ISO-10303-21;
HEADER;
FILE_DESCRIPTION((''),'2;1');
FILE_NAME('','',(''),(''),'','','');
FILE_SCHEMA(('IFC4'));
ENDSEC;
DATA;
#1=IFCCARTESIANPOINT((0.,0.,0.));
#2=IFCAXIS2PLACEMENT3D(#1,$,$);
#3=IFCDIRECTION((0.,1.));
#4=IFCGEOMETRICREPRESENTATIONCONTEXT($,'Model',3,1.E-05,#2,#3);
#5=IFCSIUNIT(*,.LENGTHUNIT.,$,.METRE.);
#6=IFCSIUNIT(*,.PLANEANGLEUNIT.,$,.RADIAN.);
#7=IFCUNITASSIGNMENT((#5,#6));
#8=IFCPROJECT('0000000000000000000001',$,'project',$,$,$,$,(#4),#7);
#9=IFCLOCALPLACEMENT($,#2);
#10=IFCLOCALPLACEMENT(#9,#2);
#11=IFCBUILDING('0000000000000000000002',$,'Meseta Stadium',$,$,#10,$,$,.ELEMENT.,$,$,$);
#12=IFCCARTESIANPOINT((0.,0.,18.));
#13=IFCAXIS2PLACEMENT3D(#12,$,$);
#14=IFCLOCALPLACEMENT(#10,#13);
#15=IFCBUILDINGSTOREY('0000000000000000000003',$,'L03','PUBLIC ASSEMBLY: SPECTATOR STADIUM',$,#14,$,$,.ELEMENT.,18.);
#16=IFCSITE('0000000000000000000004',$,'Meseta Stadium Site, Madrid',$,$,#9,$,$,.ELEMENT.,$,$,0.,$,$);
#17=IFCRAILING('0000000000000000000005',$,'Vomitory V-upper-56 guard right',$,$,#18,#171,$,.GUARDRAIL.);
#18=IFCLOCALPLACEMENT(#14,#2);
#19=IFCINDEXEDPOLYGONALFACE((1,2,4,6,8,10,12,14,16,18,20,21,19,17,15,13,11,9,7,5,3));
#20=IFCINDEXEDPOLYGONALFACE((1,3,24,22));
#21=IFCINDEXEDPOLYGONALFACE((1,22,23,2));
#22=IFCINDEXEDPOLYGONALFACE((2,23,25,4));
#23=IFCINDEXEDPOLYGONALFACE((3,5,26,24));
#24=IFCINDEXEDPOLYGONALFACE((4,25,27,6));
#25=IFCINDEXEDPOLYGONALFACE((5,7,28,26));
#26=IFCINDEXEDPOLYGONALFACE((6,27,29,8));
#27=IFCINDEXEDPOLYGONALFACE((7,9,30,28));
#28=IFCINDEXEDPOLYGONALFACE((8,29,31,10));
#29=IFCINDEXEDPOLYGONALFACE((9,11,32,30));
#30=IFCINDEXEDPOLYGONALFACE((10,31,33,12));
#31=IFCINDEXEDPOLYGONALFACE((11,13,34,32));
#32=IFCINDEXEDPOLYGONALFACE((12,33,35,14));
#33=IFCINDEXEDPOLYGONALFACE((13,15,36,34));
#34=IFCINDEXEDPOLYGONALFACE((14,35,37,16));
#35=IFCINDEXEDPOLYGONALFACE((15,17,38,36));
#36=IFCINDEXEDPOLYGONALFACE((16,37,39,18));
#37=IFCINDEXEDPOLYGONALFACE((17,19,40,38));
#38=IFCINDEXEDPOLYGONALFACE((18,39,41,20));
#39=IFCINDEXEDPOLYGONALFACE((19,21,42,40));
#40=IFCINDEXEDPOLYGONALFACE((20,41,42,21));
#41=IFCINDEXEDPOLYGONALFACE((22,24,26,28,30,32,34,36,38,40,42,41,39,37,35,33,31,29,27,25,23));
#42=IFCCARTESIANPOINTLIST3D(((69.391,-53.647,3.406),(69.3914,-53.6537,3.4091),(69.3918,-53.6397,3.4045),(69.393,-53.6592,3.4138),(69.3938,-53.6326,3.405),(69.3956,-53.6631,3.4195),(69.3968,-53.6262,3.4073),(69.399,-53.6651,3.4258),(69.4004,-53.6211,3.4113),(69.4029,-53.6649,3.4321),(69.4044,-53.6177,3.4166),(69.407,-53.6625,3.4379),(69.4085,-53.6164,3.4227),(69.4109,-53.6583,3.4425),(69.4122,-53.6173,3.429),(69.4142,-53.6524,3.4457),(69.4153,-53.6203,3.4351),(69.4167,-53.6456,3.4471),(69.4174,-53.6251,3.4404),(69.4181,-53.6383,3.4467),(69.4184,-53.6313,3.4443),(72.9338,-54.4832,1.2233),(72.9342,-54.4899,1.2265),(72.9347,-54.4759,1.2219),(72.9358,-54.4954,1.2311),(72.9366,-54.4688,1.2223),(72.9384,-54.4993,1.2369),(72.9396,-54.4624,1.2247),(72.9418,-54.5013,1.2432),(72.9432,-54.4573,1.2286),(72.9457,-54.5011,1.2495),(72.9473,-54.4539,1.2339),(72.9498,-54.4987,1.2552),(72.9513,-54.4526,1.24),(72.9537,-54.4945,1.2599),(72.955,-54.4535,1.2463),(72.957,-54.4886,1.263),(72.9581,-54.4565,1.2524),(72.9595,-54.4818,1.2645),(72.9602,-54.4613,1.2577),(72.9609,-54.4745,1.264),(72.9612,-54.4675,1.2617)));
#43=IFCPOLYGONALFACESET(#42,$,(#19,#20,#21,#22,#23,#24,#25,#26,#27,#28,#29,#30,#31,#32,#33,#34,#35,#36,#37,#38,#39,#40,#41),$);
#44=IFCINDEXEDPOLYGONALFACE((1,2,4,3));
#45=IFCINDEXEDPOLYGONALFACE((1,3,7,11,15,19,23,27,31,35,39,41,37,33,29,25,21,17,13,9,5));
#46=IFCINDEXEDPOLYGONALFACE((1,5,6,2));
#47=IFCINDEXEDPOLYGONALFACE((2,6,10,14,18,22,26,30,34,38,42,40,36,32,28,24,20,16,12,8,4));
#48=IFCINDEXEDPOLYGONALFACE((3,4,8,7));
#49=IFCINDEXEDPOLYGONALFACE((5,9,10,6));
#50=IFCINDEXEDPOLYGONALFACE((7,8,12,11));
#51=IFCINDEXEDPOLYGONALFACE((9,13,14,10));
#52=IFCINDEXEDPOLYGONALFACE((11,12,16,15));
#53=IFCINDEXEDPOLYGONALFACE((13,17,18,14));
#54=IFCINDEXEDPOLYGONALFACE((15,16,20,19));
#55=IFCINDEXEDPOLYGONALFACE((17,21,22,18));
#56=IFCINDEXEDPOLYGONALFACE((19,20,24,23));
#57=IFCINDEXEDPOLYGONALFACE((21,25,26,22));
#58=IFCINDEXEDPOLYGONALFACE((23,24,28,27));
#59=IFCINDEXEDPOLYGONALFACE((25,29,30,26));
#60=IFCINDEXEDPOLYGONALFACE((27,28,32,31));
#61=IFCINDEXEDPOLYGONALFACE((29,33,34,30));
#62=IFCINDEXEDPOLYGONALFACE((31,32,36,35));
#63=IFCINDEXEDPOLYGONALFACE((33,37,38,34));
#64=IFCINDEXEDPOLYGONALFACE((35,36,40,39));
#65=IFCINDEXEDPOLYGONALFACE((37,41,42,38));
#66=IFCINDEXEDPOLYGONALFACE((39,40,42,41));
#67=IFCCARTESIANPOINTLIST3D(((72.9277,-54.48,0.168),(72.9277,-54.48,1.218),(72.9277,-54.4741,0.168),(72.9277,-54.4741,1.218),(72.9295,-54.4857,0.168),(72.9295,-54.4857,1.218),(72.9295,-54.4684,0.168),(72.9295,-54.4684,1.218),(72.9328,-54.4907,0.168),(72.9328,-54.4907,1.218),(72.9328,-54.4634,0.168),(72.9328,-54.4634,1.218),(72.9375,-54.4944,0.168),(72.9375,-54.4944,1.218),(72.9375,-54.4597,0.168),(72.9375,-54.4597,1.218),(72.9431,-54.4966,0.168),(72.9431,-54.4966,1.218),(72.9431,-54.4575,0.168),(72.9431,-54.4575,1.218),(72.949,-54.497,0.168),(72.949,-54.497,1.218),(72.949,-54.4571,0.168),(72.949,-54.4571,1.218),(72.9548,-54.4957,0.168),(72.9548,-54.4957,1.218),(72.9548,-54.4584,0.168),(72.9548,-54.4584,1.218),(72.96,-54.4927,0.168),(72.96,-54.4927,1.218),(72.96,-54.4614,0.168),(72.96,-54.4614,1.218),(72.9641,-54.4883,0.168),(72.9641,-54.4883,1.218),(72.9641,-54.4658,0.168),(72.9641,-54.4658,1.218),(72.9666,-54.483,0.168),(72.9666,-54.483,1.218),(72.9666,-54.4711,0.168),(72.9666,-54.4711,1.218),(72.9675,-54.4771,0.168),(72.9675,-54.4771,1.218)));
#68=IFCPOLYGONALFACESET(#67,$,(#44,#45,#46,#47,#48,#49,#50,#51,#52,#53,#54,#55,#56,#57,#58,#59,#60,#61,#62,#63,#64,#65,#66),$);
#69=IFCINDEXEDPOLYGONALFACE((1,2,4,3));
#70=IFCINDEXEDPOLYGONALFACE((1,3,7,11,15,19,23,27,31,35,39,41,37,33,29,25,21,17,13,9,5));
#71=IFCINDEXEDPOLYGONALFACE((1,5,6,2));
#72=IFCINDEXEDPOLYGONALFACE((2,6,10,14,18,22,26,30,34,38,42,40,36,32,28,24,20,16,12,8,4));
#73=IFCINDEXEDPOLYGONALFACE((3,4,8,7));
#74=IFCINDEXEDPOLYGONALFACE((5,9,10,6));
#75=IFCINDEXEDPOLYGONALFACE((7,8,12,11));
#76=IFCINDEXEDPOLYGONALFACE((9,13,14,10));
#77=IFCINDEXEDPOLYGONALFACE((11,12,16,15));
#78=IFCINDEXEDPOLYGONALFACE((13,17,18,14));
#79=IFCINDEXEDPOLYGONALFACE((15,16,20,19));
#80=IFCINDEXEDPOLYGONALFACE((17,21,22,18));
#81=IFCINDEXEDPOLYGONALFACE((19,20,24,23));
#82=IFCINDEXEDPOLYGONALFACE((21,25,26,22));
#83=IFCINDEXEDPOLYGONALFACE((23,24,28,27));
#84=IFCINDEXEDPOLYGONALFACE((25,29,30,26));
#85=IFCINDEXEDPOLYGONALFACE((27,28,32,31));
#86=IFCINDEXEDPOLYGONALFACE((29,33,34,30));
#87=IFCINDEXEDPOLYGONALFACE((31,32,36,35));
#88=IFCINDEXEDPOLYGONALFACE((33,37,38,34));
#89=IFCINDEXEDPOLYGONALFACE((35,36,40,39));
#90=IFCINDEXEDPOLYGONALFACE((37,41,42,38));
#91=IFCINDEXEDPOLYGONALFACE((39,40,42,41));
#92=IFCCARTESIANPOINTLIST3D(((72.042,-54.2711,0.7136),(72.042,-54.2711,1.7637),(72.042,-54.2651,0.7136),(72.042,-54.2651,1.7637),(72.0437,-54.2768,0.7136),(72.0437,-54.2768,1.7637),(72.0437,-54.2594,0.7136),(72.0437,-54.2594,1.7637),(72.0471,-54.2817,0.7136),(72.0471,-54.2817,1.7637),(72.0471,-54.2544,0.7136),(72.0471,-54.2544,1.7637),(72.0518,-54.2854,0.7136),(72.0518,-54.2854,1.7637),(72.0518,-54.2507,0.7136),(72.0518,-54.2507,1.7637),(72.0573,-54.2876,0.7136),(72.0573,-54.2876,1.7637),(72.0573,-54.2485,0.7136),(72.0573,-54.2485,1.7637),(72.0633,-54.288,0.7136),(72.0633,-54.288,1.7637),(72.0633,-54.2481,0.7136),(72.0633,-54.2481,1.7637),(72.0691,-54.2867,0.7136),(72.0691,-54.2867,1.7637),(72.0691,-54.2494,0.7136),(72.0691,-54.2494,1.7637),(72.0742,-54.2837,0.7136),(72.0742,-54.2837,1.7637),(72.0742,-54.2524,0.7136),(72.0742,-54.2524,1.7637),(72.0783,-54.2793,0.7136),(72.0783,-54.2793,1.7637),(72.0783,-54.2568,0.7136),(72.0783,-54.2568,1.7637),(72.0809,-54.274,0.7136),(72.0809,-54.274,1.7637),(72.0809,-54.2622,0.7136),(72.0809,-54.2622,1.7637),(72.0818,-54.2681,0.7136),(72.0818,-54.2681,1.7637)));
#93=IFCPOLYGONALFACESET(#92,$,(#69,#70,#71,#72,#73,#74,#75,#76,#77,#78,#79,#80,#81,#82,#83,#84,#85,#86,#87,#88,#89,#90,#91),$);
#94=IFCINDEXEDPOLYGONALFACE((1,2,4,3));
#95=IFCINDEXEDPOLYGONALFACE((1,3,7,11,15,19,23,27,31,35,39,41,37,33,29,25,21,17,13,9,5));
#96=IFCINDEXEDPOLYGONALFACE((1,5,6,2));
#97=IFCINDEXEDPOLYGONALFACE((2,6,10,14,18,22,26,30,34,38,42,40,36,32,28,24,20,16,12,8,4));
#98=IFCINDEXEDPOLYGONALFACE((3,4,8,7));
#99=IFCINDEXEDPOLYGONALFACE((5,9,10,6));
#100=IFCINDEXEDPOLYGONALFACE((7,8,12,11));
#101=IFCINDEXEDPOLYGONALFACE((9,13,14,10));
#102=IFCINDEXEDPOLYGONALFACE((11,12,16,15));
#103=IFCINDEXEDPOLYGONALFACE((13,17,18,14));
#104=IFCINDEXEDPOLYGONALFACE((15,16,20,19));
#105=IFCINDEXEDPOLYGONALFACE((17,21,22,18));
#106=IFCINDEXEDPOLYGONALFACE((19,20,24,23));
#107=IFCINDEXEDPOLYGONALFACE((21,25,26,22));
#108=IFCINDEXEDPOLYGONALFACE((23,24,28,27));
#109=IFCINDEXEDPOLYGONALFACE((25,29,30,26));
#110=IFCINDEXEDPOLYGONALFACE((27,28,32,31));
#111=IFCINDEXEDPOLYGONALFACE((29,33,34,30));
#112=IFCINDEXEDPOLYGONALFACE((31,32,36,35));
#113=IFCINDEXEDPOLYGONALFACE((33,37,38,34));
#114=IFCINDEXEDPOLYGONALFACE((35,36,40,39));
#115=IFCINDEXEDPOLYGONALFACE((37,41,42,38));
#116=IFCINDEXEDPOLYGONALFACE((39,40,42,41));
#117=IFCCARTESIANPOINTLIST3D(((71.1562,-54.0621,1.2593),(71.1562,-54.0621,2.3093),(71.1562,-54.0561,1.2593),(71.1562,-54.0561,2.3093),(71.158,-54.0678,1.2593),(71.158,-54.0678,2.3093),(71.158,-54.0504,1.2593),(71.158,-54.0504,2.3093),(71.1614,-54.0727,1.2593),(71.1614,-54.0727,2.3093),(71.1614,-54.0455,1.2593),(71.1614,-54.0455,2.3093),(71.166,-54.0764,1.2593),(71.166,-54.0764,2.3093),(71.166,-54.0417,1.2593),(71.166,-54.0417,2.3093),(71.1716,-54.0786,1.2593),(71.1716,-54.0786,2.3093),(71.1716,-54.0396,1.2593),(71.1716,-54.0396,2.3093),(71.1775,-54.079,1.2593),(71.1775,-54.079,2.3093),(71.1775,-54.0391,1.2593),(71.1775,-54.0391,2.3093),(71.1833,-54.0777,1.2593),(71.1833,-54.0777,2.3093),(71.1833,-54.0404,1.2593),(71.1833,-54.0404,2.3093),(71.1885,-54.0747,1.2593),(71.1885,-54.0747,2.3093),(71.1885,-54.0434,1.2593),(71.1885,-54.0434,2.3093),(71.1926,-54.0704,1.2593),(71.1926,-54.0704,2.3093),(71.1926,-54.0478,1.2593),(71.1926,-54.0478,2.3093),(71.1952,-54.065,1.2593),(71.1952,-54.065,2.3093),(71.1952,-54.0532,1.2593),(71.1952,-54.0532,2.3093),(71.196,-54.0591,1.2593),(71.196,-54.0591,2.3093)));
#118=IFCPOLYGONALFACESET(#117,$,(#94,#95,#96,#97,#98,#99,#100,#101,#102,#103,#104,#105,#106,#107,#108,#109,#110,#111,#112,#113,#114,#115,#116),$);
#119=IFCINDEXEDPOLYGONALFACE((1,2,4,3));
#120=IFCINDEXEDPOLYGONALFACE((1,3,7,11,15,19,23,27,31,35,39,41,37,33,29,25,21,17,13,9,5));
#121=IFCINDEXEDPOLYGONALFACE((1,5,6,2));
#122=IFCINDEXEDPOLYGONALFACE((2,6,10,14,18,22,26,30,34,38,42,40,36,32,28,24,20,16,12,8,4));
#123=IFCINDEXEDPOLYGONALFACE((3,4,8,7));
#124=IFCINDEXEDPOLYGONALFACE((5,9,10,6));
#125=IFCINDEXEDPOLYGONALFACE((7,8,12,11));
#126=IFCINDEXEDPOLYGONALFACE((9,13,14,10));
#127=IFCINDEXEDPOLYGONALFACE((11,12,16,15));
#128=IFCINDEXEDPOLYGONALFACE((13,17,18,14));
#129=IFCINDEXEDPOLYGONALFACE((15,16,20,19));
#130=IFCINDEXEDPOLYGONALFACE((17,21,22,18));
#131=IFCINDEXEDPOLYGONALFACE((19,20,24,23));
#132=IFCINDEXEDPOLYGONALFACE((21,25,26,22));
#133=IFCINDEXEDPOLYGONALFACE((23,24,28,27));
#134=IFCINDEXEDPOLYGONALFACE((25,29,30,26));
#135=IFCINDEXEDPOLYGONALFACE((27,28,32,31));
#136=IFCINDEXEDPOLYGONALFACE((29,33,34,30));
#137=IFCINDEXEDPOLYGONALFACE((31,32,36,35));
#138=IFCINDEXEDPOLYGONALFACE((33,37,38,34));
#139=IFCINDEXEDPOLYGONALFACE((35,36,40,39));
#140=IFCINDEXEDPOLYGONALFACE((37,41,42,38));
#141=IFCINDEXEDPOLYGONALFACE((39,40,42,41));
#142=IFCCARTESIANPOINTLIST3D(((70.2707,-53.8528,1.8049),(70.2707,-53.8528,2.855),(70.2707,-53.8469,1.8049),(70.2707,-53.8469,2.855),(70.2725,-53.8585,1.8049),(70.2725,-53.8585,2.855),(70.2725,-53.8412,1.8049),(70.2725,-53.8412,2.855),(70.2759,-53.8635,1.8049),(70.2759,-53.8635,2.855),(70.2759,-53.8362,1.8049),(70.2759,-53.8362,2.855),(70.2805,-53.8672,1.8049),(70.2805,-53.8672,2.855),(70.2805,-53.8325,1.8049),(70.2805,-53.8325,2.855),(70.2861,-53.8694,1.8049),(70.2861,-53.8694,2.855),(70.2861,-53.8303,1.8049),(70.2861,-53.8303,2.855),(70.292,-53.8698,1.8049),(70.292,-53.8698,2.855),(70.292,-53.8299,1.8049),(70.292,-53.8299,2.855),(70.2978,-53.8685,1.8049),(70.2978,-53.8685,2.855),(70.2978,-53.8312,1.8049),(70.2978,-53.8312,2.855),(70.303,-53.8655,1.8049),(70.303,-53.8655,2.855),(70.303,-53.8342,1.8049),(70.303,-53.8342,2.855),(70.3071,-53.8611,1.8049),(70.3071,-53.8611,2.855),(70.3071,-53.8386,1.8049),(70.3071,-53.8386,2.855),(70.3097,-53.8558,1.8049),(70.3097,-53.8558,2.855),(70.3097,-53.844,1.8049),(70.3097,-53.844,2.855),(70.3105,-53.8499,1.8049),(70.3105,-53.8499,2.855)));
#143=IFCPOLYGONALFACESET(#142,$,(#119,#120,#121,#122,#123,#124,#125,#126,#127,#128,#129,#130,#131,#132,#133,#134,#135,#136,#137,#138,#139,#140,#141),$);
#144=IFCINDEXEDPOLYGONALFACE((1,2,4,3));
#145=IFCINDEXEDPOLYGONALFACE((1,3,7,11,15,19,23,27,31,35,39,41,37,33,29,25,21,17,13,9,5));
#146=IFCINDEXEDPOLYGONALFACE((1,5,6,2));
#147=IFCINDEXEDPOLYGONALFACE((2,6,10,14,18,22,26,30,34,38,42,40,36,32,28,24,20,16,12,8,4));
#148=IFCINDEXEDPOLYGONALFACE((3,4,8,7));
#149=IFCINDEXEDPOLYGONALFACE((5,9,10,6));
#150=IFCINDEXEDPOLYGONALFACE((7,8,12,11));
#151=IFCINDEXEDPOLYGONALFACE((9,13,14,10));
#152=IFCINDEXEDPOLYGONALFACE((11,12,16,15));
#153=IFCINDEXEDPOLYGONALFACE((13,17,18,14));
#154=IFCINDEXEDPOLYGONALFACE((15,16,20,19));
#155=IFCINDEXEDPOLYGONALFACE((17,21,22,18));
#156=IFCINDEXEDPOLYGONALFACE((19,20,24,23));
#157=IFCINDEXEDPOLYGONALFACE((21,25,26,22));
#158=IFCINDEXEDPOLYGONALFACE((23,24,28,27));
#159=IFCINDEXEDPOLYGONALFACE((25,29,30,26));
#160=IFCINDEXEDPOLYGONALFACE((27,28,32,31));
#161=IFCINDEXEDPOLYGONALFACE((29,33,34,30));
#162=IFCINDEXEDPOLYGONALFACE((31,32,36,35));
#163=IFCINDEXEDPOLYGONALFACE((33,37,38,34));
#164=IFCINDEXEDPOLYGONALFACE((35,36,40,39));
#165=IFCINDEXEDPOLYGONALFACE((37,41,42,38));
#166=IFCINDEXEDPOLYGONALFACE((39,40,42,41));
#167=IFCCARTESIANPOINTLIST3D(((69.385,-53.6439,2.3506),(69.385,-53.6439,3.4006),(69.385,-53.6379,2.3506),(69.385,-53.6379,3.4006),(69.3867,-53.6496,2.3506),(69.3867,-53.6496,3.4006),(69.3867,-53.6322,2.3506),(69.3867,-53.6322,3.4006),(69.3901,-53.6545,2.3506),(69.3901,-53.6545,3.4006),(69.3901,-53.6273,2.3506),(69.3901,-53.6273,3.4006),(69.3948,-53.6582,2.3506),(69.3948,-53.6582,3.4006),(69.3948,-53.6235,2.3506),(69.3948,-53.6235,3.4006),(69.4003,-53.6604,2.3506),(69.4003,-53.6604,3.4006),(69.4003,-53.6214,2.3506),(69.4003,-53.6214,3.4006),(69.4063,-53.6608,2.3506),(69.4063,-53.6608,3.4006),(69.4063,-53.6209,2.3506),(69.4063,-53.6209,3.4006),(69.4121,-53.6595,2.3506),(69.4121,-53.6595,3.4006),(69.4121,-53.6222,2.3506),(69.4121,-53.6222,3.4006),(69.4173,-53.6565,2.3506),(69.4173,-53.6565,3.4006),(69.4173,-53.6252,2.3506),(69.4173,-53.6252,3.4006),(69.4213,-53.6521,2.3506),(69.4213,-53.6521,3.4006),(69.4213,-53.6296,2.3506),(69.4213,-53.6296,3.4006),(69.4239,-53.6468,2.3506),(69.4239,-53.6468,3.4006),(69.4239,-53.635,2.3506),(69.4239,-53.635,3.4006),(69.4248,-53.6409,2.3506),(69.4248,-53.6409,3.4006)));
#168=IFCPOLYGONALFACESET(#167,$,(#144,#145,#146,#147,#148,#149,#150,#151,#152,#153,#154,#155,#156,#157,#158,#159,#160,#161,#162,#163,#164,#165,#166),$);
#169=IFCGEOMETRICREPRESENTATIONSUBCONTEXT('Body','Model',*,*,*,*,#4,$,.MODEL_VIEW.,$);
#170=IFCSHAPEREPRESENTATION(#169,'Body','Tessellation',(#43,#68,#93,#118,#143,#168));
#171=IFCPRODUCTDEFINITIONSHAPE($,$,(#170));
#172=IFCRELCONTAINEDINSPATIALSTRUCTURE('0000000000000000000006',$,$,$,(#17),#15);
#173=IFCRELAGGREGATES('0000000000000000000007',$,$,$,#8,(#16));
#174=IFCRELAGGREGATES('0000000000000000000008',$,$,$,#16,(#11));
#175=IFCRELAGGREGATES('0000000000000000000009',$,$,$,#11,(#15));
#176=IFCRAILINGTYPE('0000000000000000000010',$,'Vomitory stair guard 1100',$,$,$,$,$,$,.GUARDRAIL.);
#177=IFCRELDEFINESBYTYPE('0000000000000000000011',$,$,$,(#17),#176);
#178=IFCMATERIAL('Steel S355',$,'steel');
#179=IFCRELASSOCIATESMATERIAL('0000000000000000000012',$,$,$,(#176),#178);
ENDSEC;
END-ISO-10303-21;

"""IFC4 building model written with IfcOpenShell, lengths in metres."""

from ifc_helpers import new_model, si_unit, direction, frame, origin, origin_2d, place, context, subcontext, project, spatial, circle, extrude, material, type_object, element, save


model = new_model("IFC4")

# Units and contexts
model_context = context("Model", 3, precision=1e-05, world=origin(), true_north=direction((0.0, 1.0)))
body_context = subcontext(model_context, "Body", "Model", "MODEL_VIEW")
ifc_project = project(units=[si_unit("LENGTHUNIT", "METRE"), si_unit("PLANEANGLEUNIT", "RADIAN")], contexts=[model_context])

# Site, building, storey
site_placement = place(None, origin())
site = spatial("IfcSite", under=ifc_project, at=site_placement, Name="Meseta Stadium Site, Madrid", CompositionType="ELEMENT", RefElevation=0.0)
building_placement = place(site_placement, origin())
building = spatial("IfcBuilding", under=site, at=building_placement, Name="Meseta Stadium", CompositionType="ELEMENT")
storey_placement = place(building_placement, frame((0.0, 0.0, 18.0)))
storey = spatial("IfcBuildingStorey", under=building, at=storey_placement, Name="L03", Description="PUBLIC ASSEMBLY: SPECTATOR STADIUM", CompositionType="ELEMENT", Elevation=18.0)

# Railing
ifc_material_1 = material(Name="Steel S355", Category="steel")
railing_type_1 = type_object("IfcRailingType", Name="Vomitory stair guard 1100", PredefinedType="GUARDRAIL", material=ifc_material_1)
for number, where, name in (
    (1, (72.9475, -54.4771, 0.168), "Vomitory V-upper-56 guard right"),
):
    element("IfcRailing", number, at=place(storey_placement, frame(where)), inside=storey, type_object=railing_type_1, Name=name, PredefinedType="GUARDRAIL", context=body_context, shape_type="SweptSolid", body=[
        extrude(circle(Radius=0.0249, at=origin_2d()), frame((0.0, 0.0, 1.0752), z_axis=(-0.834706, 0.197014, 0.514249), x_axis=(-0.229716, -0.973258, 0.0)), (0.0, 0.0, 1.0), 4.2444),
        extrude(circle(Radius=0.02, at=origin_2d()), origin(), (0.0, 0.0, 1.0), 1.05),
        extrude(circle(Radius=0.02, at=origin_2d()), frame((-0.8857, 0.209, 0.5457)), (0.0, 0.0, 1.0), 1.05),
        extrude(circle(Radius=0.02, at=origin_2d()), frame((-1.7715, 0.418, 1.0913)), (0.0, 0.0, 1.0), 1.05),
        extrude(circle(Radius=0.02, at=origin_2d()), frame((-2.657, 0.6272, 1.637)), (0.0, 0.0, 1.0), 1.05),
        extrude(circle(Radius=0.02, at=origin_2d()), frame((-3.5427, 0.8362, 2.1826)), (0.0, 0.0, 1.0), 1.05),
    ])

save(model, "model.ifc")
